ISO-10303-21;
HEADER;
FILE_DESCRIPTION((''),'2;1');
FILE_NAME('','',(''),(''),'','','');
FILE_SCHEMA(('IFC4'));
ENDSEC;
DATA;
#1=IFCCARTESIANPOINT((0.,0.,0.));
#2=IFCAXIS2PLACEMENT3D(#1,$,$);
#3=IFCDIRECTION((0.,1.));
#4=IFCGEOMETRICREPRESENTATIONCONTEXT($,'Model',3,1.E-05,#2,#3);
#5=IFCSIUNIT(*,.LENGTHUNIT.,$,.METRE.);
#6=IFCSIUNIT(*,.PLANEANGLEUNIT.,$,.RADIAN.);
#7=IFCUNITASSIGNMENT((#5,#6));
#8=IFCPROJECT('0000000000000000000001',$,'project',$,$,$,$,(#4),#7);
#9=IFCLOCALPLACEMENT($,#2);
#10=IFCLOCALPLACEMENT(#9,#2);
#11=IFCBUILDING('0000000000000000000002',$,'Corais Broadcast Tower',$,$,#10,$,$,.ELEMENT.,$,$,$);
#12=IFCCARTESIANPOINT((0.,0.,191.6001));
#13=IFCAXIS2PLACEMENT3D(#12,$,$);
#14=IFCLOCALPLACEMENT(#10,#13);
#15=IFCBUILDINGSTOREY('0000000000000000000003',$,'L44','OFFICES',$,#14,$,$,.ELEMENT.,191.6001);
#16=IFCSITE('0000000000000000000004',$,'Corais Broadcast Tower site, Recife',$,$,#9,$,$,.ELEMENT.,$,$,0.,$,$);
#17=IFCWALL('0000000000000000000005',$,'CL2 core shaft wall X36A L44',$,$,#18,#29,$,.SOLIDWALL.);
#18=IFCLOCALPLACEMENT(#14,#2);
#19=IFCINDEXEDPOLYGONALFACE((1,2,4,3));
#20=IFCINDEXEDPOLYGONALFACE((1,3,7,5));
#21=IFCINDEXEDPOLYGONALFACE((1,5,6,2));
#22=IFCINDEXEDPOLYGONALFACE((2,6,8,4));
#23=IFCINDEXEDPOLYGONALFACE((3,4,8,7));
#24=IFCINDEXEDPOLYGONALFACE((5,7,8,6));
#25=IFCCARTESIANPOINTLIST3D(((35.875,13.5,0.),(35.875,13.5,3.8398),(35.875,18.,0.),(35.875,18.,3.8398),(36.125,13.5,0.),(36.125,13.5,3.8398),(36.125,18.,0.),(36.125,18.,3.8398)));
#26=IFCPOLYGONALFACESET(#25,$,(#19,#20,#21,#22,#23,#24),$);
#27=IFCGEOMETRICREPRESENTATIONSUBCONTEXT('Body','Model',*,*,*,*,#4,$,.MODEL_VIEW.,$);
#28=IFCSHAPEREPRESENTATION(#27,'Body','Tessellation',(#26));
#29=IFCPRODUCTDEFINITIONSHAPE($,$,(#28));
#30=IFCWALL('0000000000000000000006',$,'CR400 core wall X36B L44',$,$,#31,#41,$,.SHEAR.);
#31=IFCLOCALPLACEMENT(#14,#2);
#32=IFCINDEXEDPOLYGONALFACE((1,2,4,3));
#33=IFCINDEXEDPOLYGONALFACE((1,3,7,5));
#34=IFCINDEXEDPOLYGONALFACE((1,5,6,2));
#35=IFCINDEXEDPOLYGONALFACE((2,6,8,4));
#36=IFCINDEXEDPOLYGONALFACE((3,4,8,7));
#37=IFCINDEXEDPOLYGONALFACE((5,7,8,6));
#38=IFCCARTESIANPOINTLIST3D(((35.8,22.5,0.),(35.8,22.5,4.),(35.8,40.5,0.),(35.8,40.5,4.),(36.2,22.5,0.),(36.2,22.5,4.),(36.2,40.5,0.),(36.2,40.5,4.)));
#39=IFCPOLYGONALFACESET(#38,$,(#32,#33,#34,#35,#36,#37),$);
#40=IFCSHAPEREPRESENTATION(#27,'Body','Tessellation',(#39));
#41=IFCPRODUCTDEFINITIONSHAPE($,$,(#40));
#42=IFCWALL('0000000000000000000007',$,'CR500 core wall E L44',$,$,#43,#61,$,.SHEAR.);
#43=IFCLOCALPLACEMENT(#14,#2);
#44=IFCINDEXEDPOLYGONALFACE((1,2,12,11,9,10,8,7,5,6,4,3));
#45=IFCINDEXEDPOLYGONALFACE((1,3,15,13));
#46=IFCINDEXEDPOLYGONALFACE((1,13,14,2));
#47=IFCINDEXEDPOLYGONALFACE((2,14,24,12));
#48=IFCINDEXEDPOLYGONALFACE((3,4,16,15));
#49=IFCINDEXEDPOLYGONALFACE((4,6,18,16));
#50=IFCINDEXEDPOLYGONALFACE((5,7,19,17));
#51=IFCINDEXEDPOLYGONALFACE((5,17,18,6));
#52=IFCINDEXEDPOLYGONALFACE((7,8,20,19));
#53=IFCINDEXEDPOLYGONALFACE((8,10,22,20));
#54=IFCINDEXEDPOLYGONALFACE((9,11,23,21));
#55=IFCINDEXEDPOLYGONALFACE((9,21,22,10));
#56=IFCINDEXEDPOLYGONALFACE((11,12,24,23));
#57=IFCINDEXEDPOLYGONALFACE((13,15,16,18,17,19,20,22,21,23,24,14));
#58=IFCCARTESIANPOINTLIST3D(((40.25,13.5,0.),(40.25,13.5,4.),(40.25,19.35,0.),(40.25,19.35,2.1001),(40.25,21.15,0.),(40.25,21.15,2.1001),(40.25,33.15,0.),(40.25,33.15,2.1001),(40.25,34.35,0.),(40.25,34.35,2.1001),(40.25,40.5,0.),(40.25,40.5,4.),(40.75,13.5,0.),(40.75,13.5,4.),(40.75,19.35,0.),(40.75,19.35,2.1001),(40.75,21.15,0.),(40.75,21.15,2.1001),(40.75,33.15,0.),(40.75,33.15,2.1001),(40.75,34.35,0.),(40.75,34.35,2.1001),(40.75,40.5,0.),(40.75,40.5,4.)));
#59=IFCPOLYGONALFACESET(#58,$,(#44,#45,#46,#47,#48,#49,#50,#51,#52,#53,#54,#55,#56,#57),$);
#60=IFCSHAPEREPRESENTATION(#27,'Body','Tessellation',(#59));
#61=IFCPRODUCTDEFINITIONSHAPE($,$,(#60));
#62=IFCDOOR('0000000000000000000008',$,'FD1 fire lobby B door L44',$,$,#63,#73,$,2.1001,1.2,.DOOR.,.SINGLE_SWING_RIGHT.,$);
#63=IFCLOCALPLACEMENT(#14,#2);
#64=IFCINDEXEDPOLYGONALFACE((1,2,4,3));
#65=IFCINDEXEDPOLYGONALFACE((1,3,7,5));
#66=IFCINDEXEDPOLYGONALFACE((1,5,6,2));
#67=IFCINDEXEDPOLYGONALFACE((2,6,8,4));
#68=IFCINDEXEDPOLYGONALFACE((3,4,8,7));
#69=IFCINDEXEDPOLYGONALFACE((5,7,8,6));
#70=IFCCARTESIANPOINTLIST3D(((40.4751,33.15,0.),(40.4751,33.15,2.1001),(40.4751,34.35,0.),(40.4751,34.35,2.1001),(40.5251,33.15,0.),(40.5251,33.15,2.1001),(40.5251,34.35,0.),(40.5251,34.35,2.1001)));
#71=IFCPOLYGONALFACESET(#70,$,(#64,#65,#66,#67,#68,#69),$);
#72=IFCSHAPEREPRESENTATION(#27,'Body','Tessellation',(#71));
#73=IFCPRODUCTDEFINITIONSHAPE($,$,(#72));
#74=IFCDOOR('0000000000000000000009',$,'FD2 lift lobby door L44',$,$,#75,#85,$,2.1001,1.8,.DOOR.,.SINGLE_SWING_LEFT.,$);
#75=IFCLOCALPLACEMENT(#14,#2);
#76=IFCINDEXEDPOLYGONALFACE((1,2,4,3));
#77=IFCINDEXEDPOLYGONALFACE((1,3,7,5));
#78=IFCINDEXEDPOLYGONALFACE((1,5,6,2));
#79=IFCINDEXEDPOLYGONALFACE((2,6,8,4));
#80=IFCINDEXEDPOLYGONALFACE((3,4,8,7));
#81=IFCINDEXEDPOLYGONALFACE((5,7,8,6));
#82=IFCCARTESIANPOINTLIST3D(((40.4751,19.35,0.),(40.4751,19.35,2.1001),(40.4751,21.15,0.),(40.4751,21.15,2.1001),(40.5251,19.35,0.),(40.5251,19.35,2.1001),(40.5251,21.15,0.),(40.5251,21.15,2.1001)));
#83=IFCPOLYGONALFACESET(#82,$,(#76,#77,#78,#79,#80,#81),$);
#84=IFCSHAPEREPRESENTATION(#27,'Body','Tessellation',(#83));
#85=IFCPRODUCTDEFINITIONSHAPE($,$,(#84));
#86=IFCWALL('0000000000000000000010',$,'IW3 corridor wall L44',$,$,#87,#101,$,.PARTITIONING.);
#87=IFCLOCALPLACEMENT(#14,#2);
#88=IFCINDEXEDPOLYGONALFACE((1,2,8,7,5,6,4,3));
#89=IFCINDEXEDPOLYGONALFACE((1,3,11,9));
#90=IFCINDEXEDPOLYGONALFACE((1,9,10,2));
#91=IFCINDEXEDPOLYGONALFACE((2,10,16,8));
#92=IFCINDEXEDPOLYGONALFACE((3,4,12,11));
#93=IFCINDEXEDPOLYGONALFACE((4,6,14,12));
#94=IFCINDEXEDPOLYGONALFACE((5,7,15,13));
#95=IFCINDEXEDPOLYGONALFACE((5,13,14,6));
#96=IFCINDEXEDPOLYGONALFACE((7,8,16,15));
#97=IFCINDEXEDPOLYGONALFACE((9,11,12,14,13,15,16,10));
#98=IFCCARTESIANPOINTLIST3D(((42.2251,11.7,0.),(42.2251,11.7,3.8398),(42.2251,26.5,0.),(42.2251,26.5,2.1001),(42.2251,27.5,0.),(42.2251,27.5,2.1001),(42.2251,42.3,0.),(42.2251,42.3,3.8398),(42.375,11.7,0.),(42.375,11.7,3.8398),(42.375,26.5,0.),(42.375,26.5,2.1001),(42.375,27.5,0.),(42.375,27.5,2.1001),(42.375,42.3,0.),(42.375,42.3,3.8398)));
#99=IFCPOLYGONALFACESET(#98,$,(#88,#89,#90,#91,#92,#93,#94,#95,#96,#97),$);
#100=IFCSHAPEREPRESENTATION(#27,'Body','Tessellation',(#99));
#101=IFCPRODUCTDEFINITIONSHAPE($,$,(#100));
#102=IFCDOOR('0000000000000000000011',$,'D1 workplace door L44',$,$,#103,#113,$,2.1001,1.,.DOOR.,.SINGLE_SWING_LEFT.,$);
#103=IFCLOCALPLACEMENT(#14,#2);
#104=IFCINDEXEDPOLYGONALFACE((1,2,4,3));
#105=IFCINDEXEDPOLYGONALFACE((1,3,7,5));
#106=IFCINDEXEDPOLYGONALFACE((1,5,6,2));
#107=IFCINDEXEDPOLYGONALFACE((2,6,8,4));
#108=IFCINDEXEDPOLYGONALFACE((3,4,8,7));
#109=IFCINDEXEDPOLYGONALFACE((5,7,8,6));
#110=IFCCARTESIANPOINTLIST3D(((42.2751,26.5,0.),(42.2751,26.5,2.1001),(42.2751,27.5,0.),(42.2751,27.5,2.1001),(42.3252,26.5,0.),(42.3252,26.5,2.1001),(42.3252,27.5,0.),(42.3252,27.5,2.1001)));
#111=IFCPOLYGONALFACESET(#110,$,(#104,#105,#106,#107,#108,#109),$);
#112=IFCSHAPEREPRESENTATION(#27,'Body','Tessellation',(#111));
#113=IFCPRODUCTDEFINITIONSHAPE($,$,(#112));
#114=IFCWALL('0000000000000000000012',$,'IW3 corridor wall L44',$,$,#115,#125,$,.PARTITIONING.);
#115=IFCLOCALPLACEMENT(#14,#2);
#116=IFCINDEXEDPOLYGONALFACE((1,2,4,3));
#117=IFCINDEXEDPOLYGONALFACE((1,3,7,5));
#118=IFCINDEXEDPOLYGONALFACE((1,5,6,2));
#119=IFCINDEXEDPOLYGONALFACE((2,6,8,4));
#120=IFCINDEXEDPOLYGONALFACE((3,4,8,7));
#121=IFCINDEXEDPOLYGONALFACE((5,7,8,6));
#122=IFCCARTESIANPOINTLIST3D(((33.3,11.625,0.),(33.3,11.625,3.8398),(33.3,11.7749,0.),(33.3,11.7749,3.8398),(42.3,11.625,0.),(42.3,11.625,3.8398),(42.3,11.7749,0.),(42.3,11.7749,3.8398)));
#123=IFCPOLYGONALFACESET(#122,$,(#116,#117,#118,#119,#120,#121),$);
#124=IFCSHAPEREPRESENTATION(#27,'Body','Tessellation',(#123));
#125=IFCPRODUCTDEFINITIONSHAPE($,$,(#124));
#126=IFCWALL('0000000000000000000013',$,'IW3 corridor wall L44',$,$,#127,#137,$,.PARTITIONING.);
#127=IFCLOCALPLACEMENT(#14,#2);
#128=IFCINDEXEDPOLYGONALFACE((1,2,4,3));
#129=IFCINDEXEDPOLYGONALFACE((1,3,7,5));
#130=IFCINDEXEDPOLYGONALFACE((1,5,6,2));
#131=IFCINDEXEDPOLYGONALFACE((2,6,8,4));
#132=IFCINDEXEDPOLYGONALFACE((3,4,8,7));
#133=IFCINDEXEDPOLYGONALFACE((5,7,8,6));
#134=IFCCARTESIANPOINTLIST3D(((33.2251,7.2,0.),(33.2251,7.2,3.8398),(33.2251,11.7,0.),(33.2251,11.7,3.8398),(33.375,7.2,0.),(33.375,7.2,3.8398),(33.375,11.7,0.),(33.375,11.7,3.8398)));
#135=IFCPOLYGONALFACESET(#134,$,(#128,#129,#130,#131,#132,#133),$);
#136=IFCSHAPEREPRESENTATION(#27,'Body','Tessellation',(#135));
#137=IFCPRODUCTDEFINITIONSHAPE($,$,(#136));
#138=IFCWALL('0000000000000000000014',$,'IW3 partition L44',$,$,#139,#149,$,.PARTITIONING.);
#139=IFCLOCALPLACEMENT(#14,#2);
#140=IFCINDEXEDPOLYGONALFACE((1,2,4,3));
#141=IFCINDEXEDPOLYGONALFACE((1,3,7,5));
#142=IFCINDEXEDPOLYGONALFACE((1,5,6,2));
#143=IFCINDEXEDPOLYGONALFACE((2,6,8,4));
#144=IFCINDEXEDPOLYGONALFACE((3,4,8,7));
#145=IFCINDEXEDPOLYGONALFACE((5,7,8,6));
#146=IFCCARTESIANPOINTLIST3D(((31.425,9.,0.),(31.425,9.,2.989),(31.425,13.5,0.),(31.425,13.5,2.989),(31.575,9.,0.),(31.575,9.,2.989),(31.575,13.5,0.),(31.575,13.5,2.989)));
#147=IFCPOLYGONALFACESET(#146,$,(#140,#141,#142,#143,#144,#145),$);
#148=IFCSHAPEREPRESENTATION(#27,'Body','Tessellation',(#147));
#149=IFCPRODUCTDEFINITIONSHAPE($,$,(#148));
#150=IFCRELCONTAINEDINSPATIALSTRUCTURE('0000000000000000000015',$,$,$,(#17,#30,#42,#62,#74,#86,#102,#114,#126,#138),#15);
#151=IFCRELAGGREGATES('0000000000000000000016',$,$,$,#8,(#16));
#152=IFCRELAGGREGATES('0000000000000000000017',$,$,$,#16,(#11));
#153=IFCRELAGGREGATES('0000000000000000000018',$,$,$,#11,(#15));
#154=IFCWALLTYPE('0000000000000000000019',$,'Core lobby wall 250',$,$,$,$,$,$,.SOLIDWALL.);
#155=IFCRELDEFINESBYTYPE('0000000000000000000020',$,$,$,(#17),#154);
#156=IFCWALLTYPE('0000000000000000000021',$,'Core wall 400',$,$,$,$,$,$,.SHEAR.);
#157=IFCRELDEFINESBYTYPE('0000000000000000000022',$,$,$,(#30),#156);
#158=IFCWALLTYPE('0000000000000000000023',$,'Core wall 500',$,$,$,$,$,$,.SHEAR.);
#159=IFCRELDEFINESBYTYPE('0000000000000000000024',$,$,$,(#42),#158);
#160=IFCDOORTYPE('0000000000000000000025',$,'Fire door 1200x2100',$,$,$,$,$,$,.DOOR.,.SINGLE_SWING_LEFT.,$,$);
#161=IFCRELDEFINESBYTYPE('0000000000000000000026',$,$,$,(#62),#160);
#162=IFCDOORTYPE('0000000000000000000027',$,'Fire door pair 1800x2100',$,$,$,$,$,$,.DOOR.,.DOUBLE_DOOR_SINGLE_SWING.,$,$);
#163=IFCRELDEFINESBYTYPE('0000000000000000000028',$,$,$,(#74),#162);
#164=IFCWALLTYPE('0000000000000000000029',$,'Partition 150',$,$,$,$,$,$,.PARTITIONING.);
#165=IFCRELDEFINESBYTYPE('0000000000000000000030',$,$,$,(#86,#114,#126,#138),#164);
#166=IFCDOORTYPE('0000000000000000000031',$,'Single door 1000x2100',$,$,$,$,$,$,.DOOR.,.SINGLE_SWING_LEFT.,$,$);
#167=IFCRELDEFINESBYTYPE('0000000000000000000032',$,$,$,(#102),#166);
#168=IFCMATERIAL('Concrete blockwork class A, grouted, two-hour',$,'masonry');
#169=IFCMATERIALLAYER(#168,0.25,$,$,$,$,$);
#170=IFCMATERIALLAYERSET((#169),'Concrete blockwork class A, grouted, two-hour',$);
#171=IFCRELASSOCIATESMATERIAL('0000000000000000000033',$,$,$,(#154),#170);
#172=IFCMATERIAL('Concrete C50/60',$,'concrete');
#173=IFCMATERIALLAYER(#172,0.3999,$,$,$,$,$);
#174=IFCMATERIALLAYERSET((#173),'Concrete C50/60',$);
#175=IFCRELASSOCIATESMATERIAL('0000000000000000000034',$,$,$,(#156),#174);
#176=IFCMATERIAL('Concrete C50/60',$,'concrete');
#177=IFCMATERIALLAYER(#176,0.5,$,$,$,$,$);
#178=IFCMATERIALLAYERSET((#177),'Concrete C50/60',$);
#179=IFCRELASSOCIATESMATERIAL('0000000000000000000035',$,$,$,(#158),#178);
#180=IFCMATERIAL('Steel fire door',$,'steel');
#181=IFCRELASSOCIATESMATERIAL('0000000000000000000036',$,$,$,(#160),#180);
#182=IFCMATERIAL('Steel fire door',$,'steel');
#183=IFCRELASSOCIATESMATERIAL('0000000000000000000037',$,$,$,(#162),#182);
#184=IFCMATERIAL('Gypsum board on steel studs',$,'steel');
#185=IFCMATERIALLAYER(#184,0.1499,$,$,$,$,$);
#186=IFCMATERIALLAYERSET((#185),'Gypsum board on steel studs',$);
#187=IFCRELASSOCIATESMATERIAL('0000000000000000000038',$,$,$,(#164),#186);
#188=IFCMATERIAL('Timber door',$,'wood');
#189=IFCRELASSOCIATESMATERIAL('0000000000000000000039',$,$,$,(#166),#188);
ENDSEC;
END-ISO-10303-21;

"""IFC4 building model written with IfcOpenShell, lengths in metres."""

from ifc_helpers import new_model, si_unit, direction, frame, frame_2d, origin, place, context, subcontext, project, spatial, rectangle, extrude, material, layer, layer_set, type_object, element, fill, save


model = new_model("IFC4")

# Units and contexts
model_context = context("Model", 3, precision=1e-05, world=origin(), true_north=direction((0.0, 1.0)))
body_context = subcontext(model_context, "Body", "Model", "MODEL_VIEW")
ifc_project = project(units=[si_unit("LENGTHUNIT", "METRE"), si_unit("PLANEANGLEUNIT", "RADIAN")], contexts=[model_context])

# Site, building, storey
site_placement = place(None, origin())
site = spatial("IfcSite", under=ifc_project, at=site_placement, Name="Corais Broadcast Tower site, Recife", CompositionType="ELEMENT", RefElevation=0.0)
building_placement = place(site_placement, origin())
building = spatial("IfcBuilding", under=site, at=building_placement, Name="Corais Broadcast Tower", CompositionType="ELEMENT")
storey_placement = place(building_placement, frame((0.0, 0.0, 191.6001)))
storey = spatial("IfcBuildingStorey", under=building, at=storey_placement, Name="L44", Description="OFFICES", CompositionType="ELEMENT", Elevation=191.6001)

# Walls
ifc_material_1 = material(Name="Concrete blockwork class A, grouted, two-hour", Category="masonry")
ifc_layer_1 = layer(ifc_material_1, 0.25)
ifc_layer_set_1 = layer_set([ifc_layer_1], Name="Concrete blockwork class A, grouted, two-hour")
wall_type_1 = type_object("IfcWallType", Name="Core lobby wall 250", PredefinedType="SOLIDWALL", material=ifc_layer_set_1)
wall_1_placement = place(storey_placement, frame((36.0, 13.5, 0.0), z_axis=(0.0, 0.0, 1.0), x_axis=(0.0, 1.0, 0.0)))
element("IfcWall", 1, at=wall_1_placement, inside=storey, type_object=wall_type_1, Name="CL2 core shaft wall X36A L44", PredefinedType="SOLIDWALL", context=body_context, shape_type="SweptSolid", body=[
    extrude(rectangle(XDim=4.5, YDim=0.25, at=frame_2d((2.25, 0.0))), origin(), (0.0, 0.0, 1.0), 3.8398),
])
ifc_material_2 = material(Name="Concrete C50/60", Category="concrete")
ifc_layer_2 = layer(ifc_material_2, 0.3999)
ifc_layer_set_2 = layer_set([ifc_layer_2], Name="Concrete C50/60")
wall_type_2 = type_object("IfcWallType", Name="Core wall 400", PredefinedType="SHEAR", material=ifc_layer_set_2)
wall_2_placement = place(storey_placement, frame((36.0, 22.5, 0.0), z_axis=(0.0, 0.0, 1.0), x_axis=(0.0, 1.0, 0.0)))
element("IfcWall", 2, at=wall_2_placement, inside=storey, type_object=wall_type_2, Name="CR400 core wall X36B L44", PredefinedType="SHEAR", context=body_context, shape_type="SweptSolid", body=[
    extrude(rectangle(XDim=18.0, YDim=0.3999, at=frame_2d((9.0, 0.0))), origin(), (0.0, 0.0, 1.0), 4.0),
])

# Wall, openings, doors
ifc_material_3 = material(Name="Concrete C50/60", Category="concrete")
ifc_layer_3 = layer(ifc_material_3, 0.5)
ifc_layer_set_3 = layer_set([ifc_layer_3], Name="Concrete C50/60")
wall_type_3 = type_object("IfcWallType", Name="Core wall 500", PredefinedType="SHEAR", material=ifc_layer_set_3)
wall_3_placement = place(storey_placement, frame((40.5, 13.5, 0.0), z_axis=(0.0, 0.0, 1.0), x_axis=(0.0, 1.0, 0.0)))
wall_3 = element("IfcWall", 3, at=wall_3_placement, inside=storey, type_object=wall_type_3, Name="CR500 core wall E L44", PredefinedType="SHEAR", context=body_context, shape_type="SweptSolid", body=[
    extrude(rectangle(XDim=27.0, YDim=0.5, at=frame_2d((13.5, 0.0))), origin(), (0.0, 0.0, 1.0), 4.0),
])
opening_1_placement = place(wall_3_placement, frame((5.8501, 0.0, 0.0)))
opening_1 = element("IfcOpeningElement", 4, at=opening_1_placement, cuts=wall_3, PredefinedType="OPENING", context=body_context, shape_type="SweptSolid", body=[
    extrude(rectangle(XDim=1.8, YDim=2.1001, at=frame_2d((0.8999, 1.05))), frame((0.0, 0.26, 0.0), z_axis=(0.0, -1.0, 0.0), x_axis=(1.0, 0.0, 0.0)), (0.0, 0.0, 1.0), 0.52),
])
opening_2_placement = place(wall_3_placement, frame((19.6499, 0.0, 0.0)))
opening_2 = element("IfcOpeningElement", 5, at=opening_2_placement, cuts=wall_3, PredefinedType="OPENING", context=body_context, shape_type="SweptSolid", body=[
    extrude(rectangle(XDim=1.2, YDim=2.1001, at=frame_2d((0.6001, 1.05))), frame((0.0, 0.26, 0.0), z_axis=(0.0, -1.0, 0.0), x_axis=(1.0, 0.0, 0.0)), (0.0, 0.0, 1.0), 0.52),
])
ifc_material_4 = material(Name="Steel fire door", Category="steel")
door_type_1 = type_object("IfcDoorType", Name="Fire door 1200x2100", OperationType="SINGLE_SWING_LEFT", PredefinedType="DOOR", material=ifc_material_4)
door_1_placement = place(opening_2_placement, origin())
door_1 = element("IfcDoor", 6, at=door_1_placement, inside=storey, type_object=door_type_1, Name="FD1 fire lobby B door L44", OperationType="SINGLE_SWING_RIGHT", OverallHeight=2.1001, OverallWidth=1.2, PredefinedType="DOOR", context=body_context, shape_type="SweptSolid", body=[
    extrude(rectangle(XDim=1.2, YDim=2.1001, at=frame_2d((0.6001, 1.05))), frame((0.0, 0.0249, 0.0), z_axis=(0.0, -1.0, 0.0), x_axis=(1.0, 0.0, 0.0)), (0.0, 0.0, 1.0), 0.05),
])
fill(opening_2, door_1)
ifc_material_5 = material(Name="Steel fire door", Category="steel")
door_type_2 = type_object("IfcDoorType", Name="Fire door pair 1800x2100", OperationType="DOUBLE_DOOR_SINGLE_SWING", PredefinedType="DOOR", material=ifc_material_5)
door_2_placement = place(opening_1_placement, origin())
door_2 = element("IfcDoor", 7, at=door_2_placement, inside=storey, type_object=door_type_2, Name="FD2 lift lobby door L44", OperationType="SINGLE_SWING_LEFT", OverallHeight=2.1001, OverallWidth=1.8, PredefinedType="DOOR", context=body_context, shape_type="SweptSolid", body=[
    extrude(rectangle(XDim=1.8, YDim=2.1001, at=frame_2d((0.8999, 1.05))), frame((0.0, 0.0249, 0.0), z_axis=(0.0, -1.0, 0.0), x_axis=(1.0, 0.0, 0.0)), (0.0, 0.0, 1.0), 0.05),
])
fill(opening_1, door_2)

# Wall, opening, door
ifc_material_6 = material(Name="Gypsum board on steel studs", Category="steel")
ifc_layer_4 = layer(ifc_material_6, 0.1499)
ifc_layer_set_4 = layer_set([ifc_layer_4], Name="Gypsum board on steel studs")
wall_type_4 = type_object("IfcWallType", Name="Partition 150", PredefinedType="PARTITIONING", material=ifc_layer_set_4)
wall_4_placement = place(storey_placement, frame((42.3, 11.7, 0.0), z_axis=(0.0, 0.0, 1.0), x_axis=(0.0, 1.0, 0.0)))
wall_4 = element("IfcWall", 8, at=wall_4_placement, inside=storey, type_object=wall_type_4, Name="IW3 corridor wall L44", PredefinedType="PARTITIONING", context=body_context, shape_type="SweptSolid", body=[
    extrude(rectangle(XDim=30.6001, YDim=0.1499, at=frame_2d((15.3, 0.0))), origin(), (0.0, 0.0, 1.0), 3.8398),
])
opening_3_placement = place(wall_4_placement, frame((14.8, 0.0, 0.0)))
opening_3 = element("IfcOpeningElement", 9, at=opening_3_placement, cuts=wall_4, PredefinedType="OPENING", context=body_context, shape_type="SweptSolid", body=[
    extrude(rectangle(XDim=1.0, YDim=2.1001, at=frame_2d((0.5, 1.05))), frame((0.0, 0.085, 0.0), z_axis=(0.0, -1.0, 0.0), x_axis=(1.0, 0.0, 0.0)), (0.0, 0.0, 1.0), 0.1699),
])
ifc_material_7 = material(Name="Timber door", Category="wood")
door_type_3 = type_object("IfcDoorType", Name="Single door 1000x2100", OperationType="SINGLE_SWING_LEFT", PredefinedType="DOOR", material=ifc_material_7)
door_3_placement = place(opening_3_placement, origin())
door_3 = element("IfcDoor", 10, at=door_3_placement, inside=storey, type_object=door_type_3, Name="D1 workplace door L44", OperationType="SINGLE_SWING_LEFT", OverallHeight=2.1001, OverallWidth=1.0, PredefinedType="DOOR", context=body_context, shape_type="SweptSolid", body=[
    extrude(rectangle(XDim=1.0, YDim=2.1001, at=frame_2d((0.5, 1.05))), frame((0.0, 0.0249, 0.0), z_axis=(0.0, -1.0, 0.0), x_axis=(1.0, 0.0, 0.0)), (0.0, 0.0, 1.0), 0.05),
])
fill(opening_3, door_3)

# Walls
wall_5_placement = place(storey_placement, frame((33.3, 11.7, 0.0), z_axis=(0.0, 0.0, 1.0), x_axis=(1.0, 0.0, 0.0)))
element("IfcWall", 11, at=wall_5_placement, inside=storey, type_object=wall_type_4, Name="IW3 corridor wall L44", PredefinedType="PARTITIONING", context=body_context, shape_type="SweptSolid", body=[
    extrude(rectangle(XDim=9.0, YDim=0.1499, at=frame_2d((4.5, 0.0))), origin(), (0.0, 0.0, 1.0), 3.8398),
])
wall_6_placement = place(storey_placement, frame((33.3, 7.2, 0.0), z_axis=(0.0, 0.0, 1.0), x_axis=(0.0, 1.0, 0.0)))
element("IfcWall", 12, at=wall_6_placement, inside=storey, type_object=wall_type_4, Name="IW3 corridor wall L44", PredefinedType="PARTITIONING", context=body_context, shape_type="SweptSolid", body=[
    extrude(rectangle(XDim=4.5, YDim=0.1499, at=frame_2d((2.25, 0.0))), origin(), (0.0, 0.0, 1.0), 3.8398),
])
wall_7_placement = place(storey_placement, frame((31.5, 9.0, 0.0), z_axis=(0.0, 0.0, 1.0), x_axis=(0.0, 1.0, 0.0)))
element("IfcWall", 13, at=wall_7_placement, inside=storey, type_object=wall_type_4, Name="IW3 partition L44", PredefinedType="PARTITIONING", context=body_context, shape_type="SweptSolid", body=[
    extrude(rectangle(XDim=4.5, YDim=0.1499, at=frame_2d((2.25, 0.0))), origin(), (0.0, 0.0, 1.0), 2.989),
])

save(model, "model.ifc")
